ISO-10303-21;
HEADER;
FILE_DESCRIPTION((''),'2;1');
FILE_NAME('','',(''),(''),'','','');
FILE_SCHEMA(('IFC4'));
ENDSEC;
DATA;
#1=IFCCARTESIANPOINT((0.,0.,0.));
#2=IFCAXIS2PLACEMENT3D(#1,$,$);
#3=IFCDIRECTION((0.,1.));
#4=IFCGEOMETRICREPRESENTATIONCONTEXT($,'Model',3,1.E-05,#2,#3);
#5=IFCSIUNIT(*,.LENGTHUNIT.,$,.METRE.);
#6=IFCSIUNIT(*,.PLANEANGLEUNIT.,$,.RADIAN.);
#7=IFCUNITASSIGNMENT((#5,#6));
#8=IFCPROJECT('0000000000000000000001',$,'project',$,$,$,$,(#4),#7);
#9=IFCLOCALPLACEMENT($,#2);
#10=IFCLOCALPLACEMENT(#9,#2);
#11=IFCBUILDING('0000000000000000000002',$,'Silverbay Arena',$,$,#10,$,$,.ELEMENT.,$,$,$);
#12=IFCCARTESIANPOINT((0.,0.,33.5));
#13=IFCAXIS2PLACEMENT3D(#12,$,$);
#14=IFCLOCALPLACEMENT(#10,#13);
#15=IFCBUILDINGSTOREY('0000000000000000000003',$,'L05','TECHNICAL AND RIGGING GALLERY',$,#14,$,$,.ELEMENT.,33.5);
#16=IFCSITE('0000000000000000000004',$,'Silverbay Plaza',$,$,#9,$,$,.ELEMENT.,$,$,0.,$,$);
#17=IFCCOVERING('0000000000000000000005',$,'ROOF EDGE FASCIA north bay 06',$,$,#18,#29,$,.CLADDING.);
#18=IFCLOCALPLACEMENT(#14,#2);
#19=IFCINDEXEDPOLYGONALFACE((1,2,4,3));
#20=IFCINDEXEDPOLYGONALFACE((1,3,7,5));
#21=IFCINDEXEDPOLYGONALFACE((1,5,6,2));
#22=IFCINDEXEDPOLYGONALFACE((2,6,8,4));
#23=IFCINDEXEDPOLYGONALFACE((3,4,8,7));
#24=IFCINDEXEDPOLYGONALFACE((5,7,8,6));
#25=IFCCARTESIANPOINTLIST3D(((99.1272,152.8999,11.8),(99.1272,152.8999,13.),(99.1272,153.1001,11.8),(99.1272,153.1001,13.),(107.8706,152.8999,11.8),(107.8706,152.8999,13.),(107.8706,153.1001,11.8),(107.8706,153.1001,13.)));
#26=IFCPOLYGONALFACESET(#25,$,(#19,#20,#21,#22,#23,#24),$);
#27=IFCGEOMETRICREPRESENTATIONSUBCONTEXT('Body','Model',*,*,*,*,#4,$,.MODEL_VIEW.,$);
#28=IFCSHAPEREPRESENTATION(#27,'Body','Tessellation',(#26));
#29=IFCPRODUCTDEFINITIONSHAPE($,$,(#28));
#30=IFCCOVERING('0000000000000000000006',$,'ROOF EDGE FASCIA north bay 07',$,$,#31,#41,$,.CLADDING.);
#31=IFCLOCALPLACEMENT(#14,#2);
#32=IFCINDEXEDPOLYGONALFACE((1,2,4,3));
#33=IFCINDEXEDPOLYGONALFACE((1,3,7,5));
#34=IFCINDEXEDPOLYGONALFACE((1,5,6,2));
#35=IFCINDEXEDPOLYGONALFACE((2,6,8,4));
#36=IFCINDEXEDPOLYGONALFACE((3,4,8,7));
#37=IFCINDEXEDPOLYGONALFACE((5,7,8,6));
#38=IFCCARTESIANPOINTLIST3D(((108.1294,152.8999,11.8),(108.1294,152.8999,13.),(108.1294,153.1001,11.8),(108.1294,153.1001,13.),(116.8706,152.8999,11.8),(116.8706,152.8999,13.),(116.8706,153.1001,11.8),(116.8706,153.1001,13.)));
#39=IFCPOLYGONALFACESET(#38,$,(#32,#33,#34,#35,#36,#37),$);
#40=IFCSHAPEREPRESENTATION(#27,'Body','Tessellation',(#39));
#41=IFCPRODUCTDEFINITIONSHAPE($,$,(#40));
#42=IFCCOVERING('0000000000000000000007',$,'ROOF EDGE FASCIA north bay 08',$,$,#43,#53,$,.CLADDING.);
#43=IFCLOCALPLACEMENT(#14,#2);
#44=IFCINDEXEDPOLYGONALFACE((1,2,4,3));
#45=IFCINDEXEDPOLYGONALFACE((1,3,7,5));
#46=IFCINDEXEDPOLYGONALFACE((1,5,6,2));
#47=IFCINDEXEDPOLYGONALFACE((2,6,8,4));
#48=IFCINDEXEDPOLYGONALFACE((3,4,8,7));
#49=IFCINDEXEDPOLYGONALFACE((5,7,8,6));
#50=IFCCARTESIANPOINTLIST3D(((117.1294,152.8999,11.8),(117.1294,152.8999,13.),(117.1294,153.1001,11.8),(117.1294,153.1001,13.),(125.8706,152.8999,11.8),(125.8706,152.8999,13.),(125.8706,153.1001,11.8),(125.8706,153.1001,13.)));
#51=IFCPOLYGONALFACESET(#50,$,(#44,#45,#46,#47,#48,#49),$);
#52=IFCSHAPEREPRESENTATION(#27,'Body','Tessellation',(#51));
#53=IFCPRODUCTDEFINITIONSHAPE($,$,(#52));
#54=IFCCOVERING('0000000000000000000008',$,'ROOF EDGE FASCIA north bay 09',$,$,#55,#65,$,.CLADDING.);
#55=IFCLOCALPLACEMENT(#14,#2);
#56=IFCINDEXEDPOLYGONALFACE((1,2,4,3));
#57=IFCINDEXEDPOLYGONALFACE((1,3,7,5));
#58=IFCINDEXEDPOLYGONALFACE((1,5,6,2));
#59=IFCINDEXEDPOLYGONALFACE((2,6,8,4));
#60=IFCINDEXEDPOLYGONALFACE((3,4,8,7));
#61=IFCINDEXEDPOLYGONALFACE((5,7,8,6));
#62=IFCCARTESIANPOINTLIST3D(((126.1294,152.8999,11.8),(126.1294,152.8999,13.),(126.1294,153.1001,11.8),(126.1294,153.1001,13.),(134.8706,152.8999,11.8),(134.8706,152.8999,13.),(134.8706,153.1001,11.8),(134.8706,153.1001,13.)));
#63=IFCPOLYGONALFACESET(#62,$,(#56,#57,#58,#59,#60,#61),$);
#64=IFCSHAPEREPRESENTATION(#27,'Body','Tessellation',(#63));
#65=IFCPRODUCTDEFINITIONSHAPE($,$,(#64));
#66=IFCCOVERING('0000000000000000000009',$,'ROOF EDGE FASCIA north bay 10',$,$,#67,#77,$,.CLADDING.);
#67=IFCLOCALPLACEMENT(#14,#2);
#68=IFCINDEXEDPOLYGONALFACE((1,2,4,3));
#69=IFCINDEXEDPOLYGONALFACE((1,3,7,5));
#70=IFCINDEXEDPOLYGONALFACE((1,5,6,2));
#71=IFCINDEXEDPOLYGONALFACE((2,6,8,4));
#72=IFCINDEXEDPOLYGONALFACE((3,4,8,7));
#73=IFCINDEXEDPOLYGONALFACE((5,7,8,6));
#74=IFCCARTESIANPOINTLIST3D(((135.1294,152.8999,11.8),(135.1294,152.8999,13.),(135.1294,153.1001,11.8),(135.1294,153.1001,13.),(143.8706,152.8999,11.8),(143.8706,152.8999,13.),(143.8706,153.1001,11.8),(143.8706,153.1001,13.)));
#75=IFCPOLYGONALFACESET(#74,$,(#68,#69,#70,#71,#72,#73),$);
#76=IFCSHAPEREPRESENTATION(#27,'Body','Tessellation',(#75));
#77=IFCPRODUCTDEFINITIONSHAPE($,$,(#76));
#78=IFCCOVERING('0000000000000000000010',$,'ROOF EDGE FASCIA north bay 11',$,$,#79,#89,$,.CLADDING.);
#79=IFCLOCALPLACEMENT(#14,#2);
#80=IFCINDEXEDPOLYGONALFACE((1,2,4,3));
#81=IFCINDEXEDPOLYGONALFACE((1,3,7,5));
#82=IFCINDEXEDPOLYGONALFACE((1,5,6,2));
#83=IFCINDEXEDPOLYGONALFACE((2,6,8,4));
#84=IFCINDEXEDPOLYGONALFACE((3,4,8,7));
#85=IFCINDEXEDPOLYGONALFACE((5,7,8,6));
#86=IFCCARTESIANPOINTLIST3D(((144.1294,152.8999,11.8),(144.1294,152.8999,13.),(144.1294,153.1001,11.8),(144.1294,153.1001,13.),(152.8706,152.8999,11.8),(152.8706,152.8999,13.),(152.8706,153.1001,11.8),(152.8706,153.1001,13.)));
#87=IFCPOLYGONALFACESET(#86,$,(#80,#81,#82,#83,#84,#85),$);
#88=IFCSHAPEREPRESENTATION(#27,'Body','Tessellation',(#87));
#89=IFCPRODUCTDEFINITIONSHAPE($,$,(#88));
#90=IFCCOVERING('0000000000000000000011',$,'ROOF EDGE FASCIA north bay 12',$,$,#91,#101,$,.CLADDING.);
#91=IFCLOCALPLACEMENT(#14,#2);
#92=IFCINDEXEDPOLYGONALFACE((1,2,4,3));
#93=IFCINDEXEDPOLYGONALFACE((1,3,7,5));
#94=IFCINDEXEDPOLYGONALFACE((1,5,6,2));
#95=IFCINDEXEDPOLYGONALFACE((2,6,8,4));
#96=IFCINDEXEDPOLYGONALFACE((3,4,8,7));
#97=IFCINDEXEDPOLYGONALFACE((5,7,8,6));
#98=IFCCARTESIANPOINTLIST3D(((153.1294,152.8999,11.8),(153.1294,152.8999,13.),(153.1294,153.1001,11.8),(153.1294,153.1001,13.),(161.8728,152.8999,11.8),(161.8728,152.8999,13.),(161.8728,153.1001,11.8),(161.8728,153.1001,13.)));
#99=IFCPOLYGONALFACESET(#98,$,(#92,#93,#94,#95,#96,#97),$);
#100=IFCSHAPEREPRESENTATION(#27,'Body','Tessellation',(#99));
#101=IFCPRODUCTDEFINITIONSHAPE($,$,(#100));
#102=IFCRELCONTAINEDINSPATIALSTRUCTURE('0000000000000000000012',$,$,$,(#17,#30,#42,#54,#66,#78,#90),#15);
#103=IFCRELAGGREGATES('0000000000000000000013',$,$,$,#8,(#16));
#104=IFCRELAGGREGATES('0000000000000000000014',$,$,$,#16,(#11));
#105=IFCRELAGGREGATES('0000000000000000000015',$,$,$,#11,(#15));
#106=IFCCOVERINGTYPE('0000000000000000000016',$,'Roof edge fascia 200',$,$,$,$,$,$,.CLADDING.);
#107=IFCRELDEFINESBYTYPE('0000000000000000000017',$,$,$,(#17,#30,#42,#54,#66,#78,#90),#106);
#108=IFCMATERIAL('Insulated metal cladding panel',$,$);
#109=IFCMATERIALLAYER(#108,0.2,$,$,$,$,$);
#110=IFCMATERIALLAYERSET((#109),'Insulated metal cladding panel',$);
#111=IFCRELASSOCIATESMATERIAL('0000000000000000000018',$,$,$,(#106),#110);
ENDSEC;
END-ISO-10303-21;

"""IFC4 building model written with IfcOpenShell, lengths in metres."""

from ifc_helpers import new_model, si_unit, direction, frame, origin, place, context, subcontext, project, spatial, polyline, outline, extrude, material, layer, layer_set, type_object, element, save


model = new_model("IFC4")

# Units and contexts
model_context = context("Model", 3, precision=1e-05, world=origin(), true_north=direction((0.0, 1.0)))
body_context = subcontext(model_context, "Body", "Model", "MODEL_VIEW")
ifc_project = project(units=[si_unit("LENGTHUNIT", "METRE"), si_unit("PLANEANGLEUNIT", "RADIAN")], contexts=[model_context])

# Site, building, storey
site_placement = place(None, origin())
site = spatial("IfcSite", under=ifc_project, at=site_placement, Name="Silverbay Plaza", CompositionType="ELEMENT", RefElevation=0.0)
building_placement = place(site_placement, origin())
building = spatial("IfcBuilding", under=site, at=building_placement, Name="Silverbay Arena", CompositionType="ELEMENT")
storey_placement = place(building_placement, frame((0.0, 0.0, 33.5)))
storey = spatial("IfcBuildingStorey", under=building, at=storey_placement, Name="L05", Description="TECHNICAL AND RIGGING GALLERY", CompositionType="ELEMENT", Elevation=33.5)

# Coverings
ifc_material_1 = material(Name="Insulated metal cladding panel")
ifc_layer_1 = layer(ifc_material_1, 0.2)
ifc_layer_set_1 = layer_set([ifc_layer_1], Name="Insulated metal cladding panel")
covering_type_1 = type_object("IfcCoveringType", Name="Roof edge fascia 200", PredefinedType="CLADDING", material=ifc_layer_set_1)
covering_1_placement = place(storey_placement, frame((0.0, 0.0, 11.8)))
element("IfcCovering", 1, at=covering_1_placement, inside=storey, type_object=covering_type_1, Name="ROOF EDGE FASCIA north bay 06", PredefinedType="CLADDING", context=body_context, shape_type="SweptSolid", body=[
    extrude(outline(polyline([(99.1272, 152.8999), (107.8706, 152.8999), (107.8706, 153.1001), (99.1272, 153.1001), (99.1272, 152.8999)])), origin(), (0.0, 0.0, 1.0), 1.2),
])
covering_2_placement = place(storey_placement, frame((0.0, 0.0, 11.8)))
element("IfcCovering", 2, at=covering_2_placement, inside=storey, type_object=covering_type_1, Name="ROOF EDGE FASCIA north bay 07", PredefinedType="CLADDING", context=body_context, shape_type="SweptSolid", body=[
    extrude(outline(polyline([(108.1294, 152.8999), (116.8706, 152.8999), (116.8706, 153.1001), (108.1294, 153.1001), (108.1294, 152.8999)])), origin(), (0.0, 0.0, 1.0), 1.2),
])
covering_3_placement = place(storey_placement, frame((0.0, 0.0, 11.8)))
element("IfcCovering", 3, at=covering_3_placement, inside=storey, type_object=covering_type_1, Name="ROOF EDGE FASCIA north bay 08", PredefinedType="CLADDING", context=body_context, shape_type="SweptSolid", body=[
    extrude(outline(polyline([(117.1294, 152.8999), (125.8706, 152.8999), (125.8706, 153.1001), (117.1294, 153.1001), (117.1294, 152.8999)])), origin(), (0.0, 0.0, 1.0), 1.2),
])
covering_4_placement = place(storey_placement, frame((0.0, 0.0, 11.8)))
element("IfcCovering", 4, at=covering_4_placement, inside=storey, type_object=covering_type_1, Name="ROOF EDGE FASCIA north bay 09", PredefinedType="CLADDING", context=body_context, shape_type="SweptSolid", body=[
    extrude(outline(polyline([(126.1294, 152.8999), (134.8706, 152.8999), (134.8706, 153.1001), (126.1294, 153.1001), (126.1294, 152.8999)])), origin(), (0.0, 0.0, 1.0), 1.2),
])
covering_5_placement = place(storey_placement, frame((0.0, 0.0, 11.8)))
element("IfcCovering", 5, at=covering_5_placement, inside=storey, type_object=covering_type_1, Name="ROOF EDGE FASCIA north bay 10", PredefinedType="CLADDING", context=body_context, shape_type="SweptSolid", body=[
    extrude(outline(polyline([(135.1294, 152.8999), (143.8706, 152.8999), (143.8706, 153.1001), (135.1294, 153.1001), (135.1294, 152.8999)])), origin(), (0.0, 0.0, 1.0), 1.2),
])
covering_6_placement = place(storey_placement, frame((0.0, 0.0, 11.8)))
element("IfcCovering", 6, at=covering_6_placement, inside=storey, type_object=covering_type_1, Name="ROOF EDGE FASCIA north bay 11", PredefinedType="CLADDING", context=body_context, shape_type="SweptSolid", body=[
    extrude(outline(polyline([(144.1294, 152.8999), (152.8706, 152.8999), (152.8706, 153.1001), (144.1294, 153.1001), (144.1294, 152.8999)])), origin(), (0.0, 0.0, 1.0), 1.2),
])
covering_7_placement = place(storey_placement, frame((0.0, 0.0, 11.8)))
element("IfcCovering", 7, at=covering_7_placement, inside=storey, type_object=covering_type_1, Name="ROOF EDGE FASCIA north bay 12", PredefinedType="CLADDING", context=body_context, shape_type="SweptSolid", body=[
    extrude(outline(polyline([(153.1294, 152.8999), (161.8728, 152.8999), (161.8728, 153.1001), (153.1294, 153.1001), (153.1294, 152.8999)])), origin(), (0.0, 0.0, 1.0), 1.2),
])

save(model, "model.ifc")
